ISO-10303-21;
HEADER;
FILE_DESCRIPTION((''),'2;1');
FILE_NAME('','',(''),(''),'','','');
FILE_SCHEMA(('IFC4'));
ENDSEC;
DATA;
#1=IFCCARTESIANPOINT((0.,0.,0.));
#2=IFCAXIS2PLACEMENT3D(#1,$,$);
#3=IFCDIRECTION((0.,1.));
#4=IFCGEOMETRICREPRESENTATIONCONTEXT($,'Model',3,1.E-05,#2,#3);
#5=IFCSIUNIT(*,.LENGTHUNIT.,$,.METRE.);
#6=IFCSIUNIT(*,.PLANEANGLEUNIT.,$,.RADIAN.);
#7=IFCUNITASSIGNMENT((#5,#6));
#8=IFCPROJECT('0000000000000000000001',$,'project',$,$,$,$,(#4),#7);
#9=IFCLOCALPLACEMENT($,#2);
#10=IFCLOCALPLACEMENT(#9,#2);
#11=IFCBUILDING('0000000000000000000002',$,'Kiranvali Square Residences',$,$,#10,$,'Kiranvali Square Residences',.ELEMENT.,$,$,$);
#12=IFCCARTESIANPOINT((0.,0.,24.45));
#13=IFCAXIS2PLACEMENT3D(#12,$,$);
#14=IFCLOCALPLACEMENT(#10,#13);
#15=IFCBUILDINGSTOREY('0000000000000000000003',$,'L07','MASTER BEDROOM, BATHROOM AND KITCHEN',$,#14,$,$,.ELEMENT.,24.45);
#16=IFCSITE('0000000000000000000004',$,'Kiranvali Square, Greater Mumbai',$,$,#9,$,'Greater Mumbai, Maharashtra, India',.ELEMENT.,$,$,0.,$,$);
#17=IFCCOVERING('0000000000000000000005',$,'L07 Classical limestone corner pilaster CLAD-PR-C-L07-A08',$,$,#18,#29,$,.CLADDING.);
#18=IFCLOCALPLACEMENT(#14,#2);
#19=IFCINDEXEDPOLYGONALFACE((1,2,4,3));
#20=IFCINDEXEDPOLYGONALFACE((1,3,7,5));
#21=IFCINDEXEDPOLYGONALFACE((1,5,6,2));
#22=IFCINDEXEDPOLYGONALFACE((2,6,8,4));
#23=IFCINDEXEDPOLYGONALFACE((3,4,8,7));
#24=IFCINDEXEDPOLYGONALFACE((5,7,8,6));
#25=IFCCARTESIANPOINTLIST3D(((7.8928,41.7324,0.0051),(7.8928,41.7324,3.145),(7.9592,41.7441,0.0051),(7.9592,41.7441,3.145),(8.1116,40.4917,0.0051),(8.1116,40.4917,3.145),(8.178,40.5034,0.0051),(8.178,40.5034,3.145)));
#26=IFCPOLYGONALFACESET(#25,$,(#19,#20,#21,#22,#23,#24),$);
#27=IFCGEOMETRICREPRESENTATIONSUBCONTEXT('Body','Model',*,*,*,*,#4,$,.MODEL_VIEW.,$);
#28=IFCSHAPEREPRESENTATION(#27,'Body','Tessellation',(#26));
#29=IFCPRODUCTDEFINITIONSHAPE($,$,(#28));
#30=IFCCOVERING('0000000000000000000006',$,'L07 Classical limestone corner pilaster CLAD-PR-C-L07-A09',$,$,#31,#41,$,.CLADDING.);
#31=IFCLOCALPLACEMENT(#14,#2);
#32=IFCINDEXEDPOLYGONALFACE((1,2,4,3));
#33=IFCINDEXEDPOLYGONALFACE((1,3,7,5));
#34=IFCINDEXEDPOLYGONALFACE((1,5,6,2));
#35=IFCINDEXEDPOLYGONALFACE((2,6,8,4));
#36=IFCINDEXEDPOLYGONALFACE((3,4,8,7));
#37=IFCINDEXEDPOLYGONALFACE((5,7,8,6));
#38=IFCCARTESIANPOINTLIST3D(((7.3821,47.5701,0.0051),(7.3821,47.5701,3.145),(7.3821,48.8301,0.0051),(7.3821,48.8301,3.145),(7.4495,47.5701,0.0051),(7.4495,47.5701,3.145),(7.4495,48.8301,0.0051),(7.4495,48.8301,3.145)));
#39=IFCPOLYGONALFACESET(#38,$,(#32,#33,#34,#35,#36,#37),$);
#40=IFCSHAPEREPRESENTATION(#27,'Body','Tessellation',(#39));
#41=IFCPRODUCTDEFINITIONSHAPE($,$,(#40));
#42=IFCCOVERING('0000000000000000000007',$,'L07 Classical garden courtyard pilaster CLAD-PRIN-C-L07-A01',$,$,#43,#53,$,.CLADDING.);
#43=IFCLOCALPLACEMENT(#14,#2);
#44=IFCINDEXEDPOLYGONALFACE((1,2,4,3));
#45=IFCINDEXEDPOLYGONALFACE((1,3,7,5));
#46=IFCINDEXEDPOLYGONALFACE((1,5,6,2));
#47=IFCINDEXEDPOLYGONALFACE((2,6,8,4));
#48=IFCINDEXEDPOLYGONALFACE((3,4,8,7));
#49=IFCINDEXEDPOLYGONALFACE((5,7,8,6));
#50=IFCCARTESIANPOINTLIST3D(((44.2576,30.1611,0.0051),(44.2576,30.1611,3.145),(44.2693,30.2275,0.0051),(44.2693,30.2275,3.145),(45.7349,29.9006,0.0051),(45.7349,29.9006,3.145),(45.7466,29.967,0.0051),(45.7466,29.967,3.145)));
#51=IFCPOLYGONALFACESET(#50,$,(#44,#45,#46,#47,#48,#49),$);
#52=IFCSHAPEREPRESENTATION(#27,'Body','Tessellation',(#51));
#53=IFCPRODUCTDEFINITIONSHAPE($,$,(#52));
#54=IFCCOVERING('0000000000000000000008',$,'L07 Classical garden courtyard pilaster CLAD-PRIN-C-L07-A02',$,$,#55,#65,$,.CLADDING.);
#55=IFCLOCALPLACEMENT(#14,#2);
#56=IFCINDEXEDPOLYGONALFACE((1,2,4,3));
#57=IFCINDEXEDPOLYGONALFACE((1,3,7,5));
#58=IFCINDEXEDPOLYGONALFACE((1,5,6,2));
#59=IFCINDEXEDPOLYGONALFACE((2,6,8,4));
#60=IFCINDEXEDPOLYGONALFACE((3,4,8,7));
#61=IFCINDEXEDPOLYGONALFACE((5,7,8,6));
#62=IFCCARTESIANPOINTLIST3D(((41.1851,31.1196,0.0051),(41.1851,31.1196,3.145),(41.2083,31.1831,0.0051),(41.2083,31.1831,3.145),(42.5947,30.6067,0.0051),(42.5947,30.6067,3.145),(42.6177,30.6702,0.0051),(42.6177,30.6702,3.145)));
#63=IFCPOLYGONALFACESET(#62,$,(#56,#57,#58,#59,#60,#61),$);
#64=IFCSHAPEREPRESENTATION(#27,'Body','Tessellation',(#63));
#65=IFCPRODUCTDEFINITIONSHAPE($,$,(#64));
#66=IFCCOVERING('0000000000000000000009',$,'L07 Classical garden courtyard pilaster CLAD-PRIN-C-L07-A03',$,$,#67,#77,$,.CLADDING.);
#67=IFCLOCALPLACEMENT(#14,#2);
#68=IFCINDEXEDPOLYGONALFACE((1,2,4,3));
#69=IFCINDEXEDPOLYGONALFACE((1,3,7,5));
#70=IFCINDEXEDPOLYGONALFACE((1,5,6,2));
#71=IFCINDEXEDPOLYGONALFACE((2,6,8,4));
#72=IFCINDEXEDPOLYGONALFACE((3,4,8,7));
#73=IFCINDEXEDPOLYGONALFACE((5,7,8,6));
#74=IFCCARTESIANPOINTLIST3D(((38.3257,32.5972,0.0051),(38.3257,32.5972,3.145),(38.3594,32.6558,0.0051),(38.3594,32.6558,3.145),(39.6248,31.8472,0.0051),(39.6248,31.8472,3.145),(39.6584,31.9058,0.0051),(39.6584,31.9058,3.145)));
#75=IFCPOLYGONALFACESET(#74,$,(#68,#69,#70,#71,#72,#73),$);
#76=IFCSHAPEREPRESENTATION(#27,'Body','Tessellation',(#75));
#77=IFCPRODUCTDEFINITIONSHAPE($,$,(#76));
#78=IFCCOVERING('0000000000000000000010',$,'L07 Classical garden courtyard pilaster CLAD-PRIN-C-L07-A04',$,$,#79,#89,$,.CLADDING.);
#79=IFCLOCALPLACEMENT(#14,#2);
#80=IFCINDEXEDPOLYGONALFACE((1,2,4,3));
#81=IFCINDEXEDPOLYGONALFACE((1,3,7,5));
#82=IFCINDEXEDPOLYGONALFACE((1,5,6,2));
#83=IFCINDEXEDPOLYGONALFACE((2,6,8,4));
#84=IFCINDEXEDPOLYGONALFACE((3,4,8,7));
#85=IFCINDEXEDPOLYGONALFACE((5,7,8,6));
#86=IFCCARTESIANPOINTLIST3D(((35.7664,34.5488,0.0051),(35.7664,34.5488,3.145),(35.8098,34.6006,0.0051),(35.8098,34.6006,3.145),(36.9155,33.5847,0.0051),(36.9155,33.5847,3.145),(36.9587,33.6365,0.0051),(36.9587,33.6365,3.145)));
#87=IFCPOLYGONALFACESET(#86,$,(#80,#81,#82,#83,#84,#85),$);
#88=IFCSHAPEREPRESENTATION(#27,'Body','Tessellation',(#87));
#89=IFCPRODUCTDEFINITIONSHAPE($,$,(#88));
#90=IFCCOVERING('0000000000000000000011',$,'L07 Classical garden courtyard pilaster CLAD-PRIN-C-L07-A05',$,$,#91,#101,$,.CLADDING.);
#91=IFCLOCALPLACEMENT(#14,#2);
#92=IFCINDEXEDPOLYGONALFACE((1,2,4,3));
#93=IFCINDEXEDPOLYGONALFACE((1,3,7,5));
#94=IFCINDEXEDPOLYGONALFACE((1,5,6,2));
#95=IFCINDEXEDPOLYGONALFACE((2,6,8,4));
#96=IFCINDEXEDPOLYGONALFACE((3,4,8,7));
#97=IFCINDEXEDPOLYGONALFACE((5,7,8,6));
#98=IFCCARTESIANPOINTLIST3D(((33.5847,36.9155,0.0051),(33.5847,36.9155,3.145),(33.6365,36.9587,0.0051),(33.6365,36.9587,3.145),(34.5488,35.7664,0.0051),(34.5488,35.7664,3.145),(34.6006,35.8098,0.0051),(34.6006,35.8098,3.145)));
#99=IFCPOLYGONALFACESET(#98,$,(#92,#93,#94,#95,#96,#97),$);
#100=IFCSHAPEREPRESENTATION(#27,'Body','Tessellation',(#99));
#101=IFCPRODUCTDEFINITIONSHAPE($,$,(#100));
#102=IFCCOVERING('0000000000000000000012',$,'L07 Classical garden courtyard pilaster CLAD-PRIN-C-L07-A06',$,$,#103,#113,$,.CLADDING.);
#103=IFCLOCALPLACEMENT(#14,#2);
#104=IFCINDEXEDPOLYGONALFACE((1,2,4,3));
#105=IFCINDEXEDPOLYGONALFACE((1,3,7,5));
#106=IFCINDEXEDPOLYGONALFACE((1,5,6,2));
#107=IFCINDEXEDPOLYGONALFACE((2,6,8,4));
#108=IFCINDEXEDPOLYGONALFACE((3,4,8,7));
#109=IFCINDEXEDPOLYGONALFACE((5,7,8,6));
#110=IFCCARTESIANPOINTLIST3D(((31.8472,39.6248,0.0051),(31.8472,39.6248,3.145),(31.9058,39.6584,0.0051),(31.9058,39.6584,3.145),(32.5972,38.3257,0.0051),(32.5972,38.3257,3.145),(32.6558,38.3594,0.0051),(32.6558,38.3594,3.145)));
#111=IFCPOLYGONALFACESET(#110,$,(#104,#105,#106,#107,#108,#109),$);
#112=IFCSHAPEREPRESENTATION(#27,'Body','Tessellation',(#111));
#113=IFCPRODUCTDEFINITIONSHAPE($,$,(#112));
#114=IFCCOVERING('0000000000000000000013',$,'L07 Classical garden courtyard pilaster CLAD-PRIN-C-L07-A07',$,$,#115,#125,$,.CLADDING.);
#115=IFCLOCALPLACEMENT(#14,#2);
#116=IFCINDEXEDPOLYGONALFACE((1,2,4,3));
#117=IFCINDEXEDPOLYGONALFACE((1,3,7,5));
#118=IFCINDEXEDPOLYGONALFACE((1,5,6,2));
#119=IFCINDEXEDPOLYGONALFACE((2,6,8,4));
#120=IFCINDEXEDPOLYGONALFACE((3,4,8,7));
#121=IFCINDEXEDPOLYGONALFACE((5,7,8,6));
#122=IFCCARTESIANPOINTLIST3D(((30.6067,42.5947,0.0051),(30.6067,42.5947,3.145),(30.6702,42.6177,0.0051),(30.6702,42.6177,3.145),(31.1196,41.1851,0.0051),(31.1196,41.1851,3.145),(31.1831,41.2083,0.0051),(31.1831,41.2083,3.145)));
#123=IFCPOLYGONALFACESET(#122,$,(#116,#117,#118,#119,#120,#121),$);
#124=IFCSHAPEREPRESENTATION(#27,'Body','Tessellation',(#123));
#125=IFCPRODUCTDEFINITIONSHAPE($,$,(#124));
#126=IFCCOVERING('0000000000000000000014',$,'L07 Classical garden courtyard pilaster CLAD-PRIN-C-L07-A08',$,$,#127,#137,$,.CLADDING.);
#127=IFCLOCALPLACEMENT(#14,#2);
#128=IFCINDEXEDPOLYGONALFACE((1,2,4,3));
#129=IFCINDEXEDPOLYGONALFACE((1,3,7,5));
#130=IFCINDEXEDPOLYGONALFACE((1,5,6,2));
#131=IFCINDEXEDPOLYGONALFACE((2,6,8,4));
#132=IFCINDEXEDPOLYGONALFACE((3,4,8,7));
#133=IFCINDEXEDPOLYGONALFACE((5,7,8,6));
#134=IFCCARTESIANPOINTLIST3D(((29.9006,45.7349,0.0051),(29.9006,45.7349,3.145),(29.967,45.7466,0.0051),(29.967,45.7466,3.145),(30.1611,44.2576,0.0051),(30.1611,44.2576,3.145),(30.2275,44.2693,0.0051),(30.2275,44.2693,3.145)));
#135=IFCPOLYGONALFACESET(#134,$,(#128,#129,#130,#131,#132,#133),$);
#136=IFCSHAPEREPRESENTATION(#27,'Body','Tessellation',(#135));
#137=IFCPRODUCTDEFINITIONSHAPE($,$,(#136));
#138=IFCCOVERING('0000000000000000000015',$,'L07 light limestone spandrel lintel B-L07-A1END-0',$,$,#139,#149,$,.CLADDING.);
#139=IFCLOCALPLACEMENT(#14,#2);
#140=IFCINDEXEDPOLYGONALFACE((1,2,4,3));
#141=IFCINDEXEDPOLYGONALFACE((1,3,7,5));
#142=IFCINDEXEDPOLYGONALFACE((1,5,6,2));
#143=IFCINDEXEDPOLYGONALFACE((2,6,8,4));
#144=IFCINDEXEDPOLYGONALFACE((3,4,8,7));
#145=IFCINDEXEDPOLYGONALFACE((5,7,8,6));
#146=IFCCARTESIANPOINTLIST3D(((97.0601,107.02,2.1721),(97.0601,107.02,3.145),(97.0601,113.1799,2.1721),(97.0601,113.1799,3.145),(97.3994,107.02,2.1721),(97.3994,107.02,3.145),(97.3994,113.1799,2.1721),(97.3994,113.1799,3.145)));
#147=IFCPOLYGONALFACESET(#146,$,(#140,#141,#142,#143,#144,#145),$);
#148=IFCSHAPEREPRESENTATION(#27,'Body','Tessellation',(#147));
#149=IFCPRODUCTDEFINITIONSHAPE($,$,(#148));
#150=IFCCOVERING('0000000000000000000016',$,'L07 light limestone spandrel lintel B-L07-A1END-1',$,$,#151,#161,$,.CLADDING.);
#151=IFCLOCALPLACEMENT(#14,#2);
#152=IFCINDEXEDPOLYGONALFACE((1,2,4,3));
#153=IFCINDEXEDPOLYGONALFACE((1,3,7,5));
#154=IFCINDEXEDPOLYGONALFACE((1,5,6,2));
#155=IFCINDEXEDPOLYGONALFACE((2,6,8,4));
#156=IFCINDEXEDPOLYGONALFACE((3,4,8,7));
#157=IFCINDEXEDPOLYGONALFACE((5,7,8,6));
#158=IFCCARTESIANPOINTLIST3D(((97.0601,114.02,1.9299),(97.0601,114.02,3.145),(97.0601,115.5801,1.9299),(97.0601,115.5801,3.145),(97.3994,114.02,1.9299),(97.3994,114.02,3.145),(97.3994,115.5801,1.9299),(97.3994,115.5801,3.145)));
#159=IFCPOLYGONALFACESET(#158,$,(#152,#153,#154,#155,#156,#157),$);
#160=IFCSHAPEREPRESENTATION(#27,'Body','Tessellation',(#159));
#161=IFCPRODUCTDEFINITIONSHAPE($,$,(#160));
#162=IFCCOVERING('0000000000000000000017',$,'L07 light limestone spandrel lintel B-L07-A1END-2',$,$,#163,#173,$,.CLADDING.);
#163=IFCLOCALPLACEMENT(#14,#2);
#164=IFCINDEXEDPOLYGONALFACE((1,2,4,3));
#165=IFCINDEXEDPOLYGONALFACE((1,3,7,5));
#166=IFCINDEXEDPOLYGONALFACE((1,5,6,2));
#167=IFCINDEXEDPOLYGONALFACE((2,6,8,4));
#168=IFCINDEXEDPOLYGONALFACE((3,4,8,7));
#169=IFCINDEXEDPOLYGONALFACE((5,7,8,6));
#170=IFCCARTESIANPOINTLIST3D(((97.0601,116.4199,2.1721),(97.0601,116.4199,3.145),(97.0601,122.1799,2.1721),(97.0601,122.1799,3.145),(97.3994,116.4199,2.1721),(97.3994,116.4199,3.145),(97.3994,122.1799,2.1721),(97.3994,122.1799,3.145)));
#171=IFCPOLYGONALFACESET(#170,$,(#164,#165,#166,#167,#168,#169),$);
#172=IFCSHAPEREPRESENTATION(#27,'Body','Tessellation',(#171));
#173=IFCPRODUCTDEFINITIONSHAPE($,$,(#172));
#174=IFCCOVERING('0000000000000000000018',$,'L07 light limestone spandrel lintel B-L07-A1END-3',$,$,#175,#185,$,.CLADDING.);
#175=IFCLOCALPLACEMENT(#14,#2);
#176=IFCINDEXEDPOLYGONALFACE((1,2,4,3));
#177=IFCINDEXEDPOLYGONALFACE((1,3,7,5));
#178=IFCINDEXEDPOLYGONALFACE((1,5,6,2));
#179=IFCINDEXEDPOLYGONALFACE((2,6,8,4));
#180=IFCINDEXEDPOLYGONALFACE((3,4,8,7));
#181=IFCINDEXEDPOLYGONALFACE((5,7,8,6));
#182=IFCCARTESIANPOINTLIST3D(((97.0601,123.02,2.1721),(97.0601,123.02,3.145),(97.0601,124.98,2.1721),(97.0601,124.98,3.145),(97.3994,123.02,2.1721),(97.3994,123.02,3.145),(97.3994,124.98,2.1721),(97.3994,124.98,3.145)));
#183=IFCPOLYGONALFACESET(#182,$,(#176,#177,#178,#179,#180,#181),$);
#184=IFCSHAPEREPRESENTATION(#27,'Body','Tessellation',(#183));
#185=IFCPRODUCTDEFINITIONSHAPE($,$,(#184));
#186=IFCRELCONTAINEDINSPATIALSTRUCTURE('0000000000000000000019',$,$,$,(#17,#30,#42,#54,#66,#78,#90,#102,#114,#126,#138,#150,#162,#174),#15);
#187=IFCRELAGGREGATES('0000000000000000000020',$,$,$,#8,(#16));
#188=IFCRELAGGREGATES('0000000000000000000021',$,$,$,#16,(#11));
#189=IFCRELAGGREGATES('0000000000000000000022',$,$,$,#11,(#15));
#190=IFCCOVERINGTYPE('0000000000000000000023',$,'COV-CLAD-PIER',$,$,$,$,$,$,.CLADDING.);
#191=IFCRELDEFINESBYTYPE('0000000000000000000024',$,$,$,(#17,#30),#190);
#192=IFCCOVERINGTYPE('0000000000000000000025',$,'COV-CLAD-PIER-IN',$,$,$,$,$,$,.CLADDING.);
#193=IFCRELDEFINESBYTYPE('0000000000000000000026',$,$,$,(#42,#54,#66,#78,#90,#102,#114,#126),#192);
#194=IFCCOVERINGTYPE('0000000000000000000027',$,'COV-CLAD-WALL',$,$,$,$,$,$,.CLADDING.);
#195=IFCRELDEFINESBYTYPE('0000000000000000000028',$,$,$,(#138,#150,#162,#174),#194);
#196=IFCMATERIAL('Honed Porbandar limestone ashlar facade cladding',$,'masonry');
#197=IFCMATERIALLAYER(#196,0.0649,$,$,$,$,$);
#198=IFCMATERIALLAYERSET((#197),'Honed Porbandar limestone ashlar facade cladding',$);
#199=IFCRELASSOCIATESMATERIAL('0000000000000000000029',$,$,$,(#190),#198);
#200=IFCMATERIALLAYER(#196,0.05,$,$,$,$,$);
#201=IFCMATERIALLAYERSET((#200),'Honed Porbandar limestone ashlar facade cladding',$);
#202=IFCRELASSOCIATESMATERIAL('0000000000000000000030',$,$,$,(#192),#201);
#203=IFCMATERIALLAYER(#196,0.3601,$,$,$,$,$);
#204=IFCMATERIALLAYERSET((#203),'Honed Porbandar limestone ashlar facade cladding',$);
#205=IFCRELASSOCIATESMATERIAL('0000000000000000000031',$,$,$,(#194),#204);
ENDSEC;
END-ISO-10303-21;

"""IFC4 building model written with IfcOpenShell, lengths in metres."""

from ifc_helpers import new_model, si_unit, direction, frame, origin, place, context, subcontext, project, spatial, polyline, outline, extrude, material, layer, layer_set, type_object, element, save


model = new_model("IFC4")

# Units and contexts
model_context = context("Model", 3, precision=1e-05, world=origin(), true_north=direction((0.0, 1.0)))
body_context = subcontext(model_context, "Body", "Model", "MODEL_VIEW")
ifc_project = project(units=[si_unit("LENGTHUNIT", "METRE"), si_unit("PLANEANGLEUNIT", "RADIAN")], contexts=[model_context])

# Site, building, storey
site_placement = place(None, origin())
site = spatial("IfcSite", under=ifc_project, at=site_placement, Name="Kiranvali Square, Greater Mumbai", LongName="Greater Mumbai, Maharashtra, India", CompositionType="ELEMENT", RefElevation=0.0)
building_placement = place(site_placement, origin())
building = spatial("IfcBuilding", under=site, at=building_placement, Name="Kiranvali Square Residences", LongName="Kiranvali Square Residences", CompositionType="ELEMENT")
storey_placement = place(building_placement, frame((0.0, 0.0, 24.45)))
storey = spatial("IfcBuildingStorey", under=building, at=storey_placement, Name="L07", Description="MASTER BEDROOM, BATHROOM AND KITCHEN", CompositionType="ELEMENT", Elevation=24.45)

# Coverings
ifc_material = material(Name="Honed Porbandar limestone ashlar facade cladding", Category="masonry")
ifc_layer_1 = layer(ifc_material, 0.0649)
ifc_layer_set_1 = layer_set([ifc_layer_1], Name="Honed Porbandar limestone ashlar facade cladding")
covering_type_1 = type_object("IfcCoveringType", Name="COV-CLAD-PIER", PredefinedType="CLADDING", material=ifc_layer_set_1)
covering_1_placement = place(storey_placement, frame((0.0, 0.0, 0.0051)))
element("IfcCovering", 1, at=covering_1_placement, inside=storey, type_object=covering_type_1, Name="L07 Classical limestone corner pilaster CLAD-PR-C-L07-A08", PredefinedType="CLADDING", context=body_context, shape_type="SweptSolid", body=[
    extrude(outline(polyline([(7.8928, 41.7324), (8.1116, 40.4917), (8.178, 40.5034), (7.9592, 41.7441), (7.8928, 41.7324)])), origin(), (0.0, 0.0, 1.0), 3.1399),
])
covering_2_placement = place(storey_placement, frame((0.0, 0.0, 0.0051)))
element("IfcCovering", 2, at=covering_2_placement, inside=storey, type_object=covering_type_1, Name="L07 Classical limestone corner pilaster CLAD-PR-C-L07-A09", PredefinedType="CLADDING", context=body_context, shape_type="SweptSolid", body=[
    extrude(outline(polyline([(7.3821, 48.8301), (7.3821, 47.5701), (7.4495, 47.5701), (7.4495, 48.8301), (7.3821, 48.8301)])), origin(), (0.0, 0.0, 1.0), 3.1399),
])
ifc_layer_2 = layer(ifc_material, 0.05)
ifc_layer_set_2 = layer_set([ifc_layer_2], Name="Honed Porbandar limestone ashlar facade cladding")
covering_type_2 = type_object("IfcCoveringType", Name="COV-CLAD-PIER-IN", PredefinedType="CLADDING", material=ifc_layer_set_2)
covering_3_placement = place(storey_placement, frame((0.0, 0.0, 0.0051)))
element("IfcCovering", 3, at=covering_3_placement, inside=storey, type_object=covering_type_2, Name="L07 Classical garden courtyard pilaster CLAD-PRIN-C-L07-A01", PredefinedType="CLADDING", context=body_context, shape_type="SweptSolid", body=[
    extrude(outline(polyline([(45.7466, 29.967), (44.2693, 30.2275), (44.2576, 30.1611), (45.7349, 29.9006), (45.7466, 29.967)])), origin(), (0.0, 0.0, 1.0), 3.1399),
])
covering_4_placement = place(storey_placement, frame((0.0, 0.0, 0.0051)))
element("IfcCovering", 4, at=covering_4_placement, inside=storey, type_object=covering_type_2, Name="L07 Classical garden courtyard pilaster CLAD-PRIN-C-L07-A02", PredefinedType="CLADDING", context=body_context, shape_type="SweptSolid", body=[
    extrude(outline(polyline([(42.6177, 30.6702), (41.2083, 31.1831), (41.1851, 31.1196), (42.5947, 30.6067), (42.6177, 30.6702)])), origin(), (0.0, 0.0, 1.0), 3.1399),
])
covering_5_placement = place(storey_placement, frame((0.0, 0.0, 0.0051)))
element("IfcCovering", 5, at=covering_5_placement, inside=storey, type_object=covering_type_2, Name="L07 Classical garden courtyard pilaster CLAD-PRIN-C-L07-A03", PredefinedType="CLADDING", context=body_context, shape_type="SweptSolid", body=[
    extrude(outline(polyline([(39.6584, 31.9058), (38.3594, 32.6558), (38.3257, 32.5972), (39.6248, 31.8472), (39.6584, 31.9058)])), origin(), (0.0, 0.0, 1.0), 3.1399),
])
covering_6_placement = place(storey_placement, frame((0.0, 0.0, 0.0051)))
element("IfcCovering", 6, at=covering_6_placement, inside=storey, type_object=covering_type_2, Name="L07 Classical garden courtyard pilaster CLAD-PRIN-C-L07-A04", PredefinedType="CLADDING", context=body_context, shape_type="SweptSolid", body=[
    extrude(outline(polyline([(36.9587, 33.6365), (35.8098, 34.6006), (35.7664, 34.5488), (36.9155, 33.5847), (36.9587, 33.6365)])), origin(), (0.0, 0.0, 1.0), 3.1399),
])
covering_7_placement = place(storey_placement, frame((0.0, 0.0, 0.0051)))
element("IfcCovering", 7, at=covering_7_placement, inside=storey, type_object=covering_type_2, Name="L07 Classical garden courtyard pilaster CLAD-PRIN-C-L07-A05", PredefinedType="CLADDING", context=body_context, shape_type="SweptSolid", body=[
    extrude(outline(polyline([(34.6006, 35.8098), (33.6365, 36.9587), (33.5847, 36.9155), (34.5488, 35.7664), (34.6006, 35.8098)])), origin(), (0.0, 0.0, 1.0), 3.1399),
])
covering_8_placement = place(storey_placement, frame((0.0, 0.0, 0.0051)))
element("IfcCovering", 8, at=covering_8_placement, inside=storey, type_object=covering_type_2, Name="L07 Classical garden courtyard pilaster CLAD-PRIN-C-L07-A06", PredefinedType="CLADDING", context=body_context, shape_type="SweptSolid", body=[
    extrude(outline(polyline([(32.6558, 38.3594), (31.9058, 39.6584), (31.8472, 39.6248), (32.5972, 38.3257), (32.6558, 38.3594)])), origin(), (0.0, 0.0, 1.0), 3.1399),
])
covering_9_placement = place(storey_placement, frame((0.0, 0.0, 0.0051)))
element("IfcCovering", 9, at=covering_9_placement, inside=storey, type_object=covering_type_2, Name="L07 Classical garden courtyard pilaster CLAD-PRIN-C-L07-A07", PredefinedType="CLADDING", context=body_context, shape_type="SweptSolid", body=[
    extrude(outline(polyline([(31.1831, 41.2083), (30.6702, 42.6177), (30.6067, 42.5947), (31.1196, 41.1851), (31.1831, 41.2083)])), origin(), (0.0, 0.0, 1.0), 3.1399),
])
covering_10_placement = place(storey_placement, frame((0.0, 0.0, 0.0051)))
element("IfcCovering", 10, at=covering_10_placement, inside=storey, type_object=covering_type_2, Name="L07 Classical garden courtyard pilaster CLAD-PRIN-C-L07-A08", PredefinedType="CLADDING", context=body_context, shape_type="SweptSolid", body=[
    extrude(outline(polyline([(30.2275, 44.2693), (29.967, 45.7466), (29.9006, 45.7349), (30.1611, 44.2576), (30.2275, 44.2693)])), origin(), (0.0, 0.0, 1.0), 3.1399),
])
ifc_layer_3 = layer(ifc_material, 0.3601)
ifc_layer_set_3 = layer_set([ifc_layer_3], Name="Honed Porbandar limestone ashlar facade cladding")
covering_type_3 = type_object("IfcCoveringType", Name="COV-CLAD-WALL", PredefinedType="CLADDING", material=ifc_layer_set_3)
covering_11_placement = place(storey_placement, frame((0.0, 0.0, 2.1721)))
element("IfcCovering", 11, at=covering_11_placement, inside=storey, type_object=covering_type_3, Name="L07 light limestone spandrel lintel B-L07-A1END-0", PredefinedType="CLADDING", context=body_context, shape_type="SweptSolid", body=[
    extrude(outline(polyline([(97.3994, 107.02), (97.3994, 113.1799), (97.0601, 113.1799), (97.0601, 107.02), (97.3994, 107.02)])), origin(), (0.0, 0.0, 1.0), 0.9729),
])
covering_12_placement = place(storey_placement, frame((0.0, 0.0, 1.9299)))
element("IfcCovering", 12, at=covering_12_placement, inside=storey, type_object=covering_type_3, Name="L07 light limestone spandrel lintel B-L07-A1END-1", PredefinedType="CLADDING", context=body_context, shape_type="SweptSolid", body=[
    extrude(outline(polyline([(97.3994, 114.02), (97.3994, 115.5801), (97.0601, 115.5801), (97.0601, 114.02), (97.3994, 114.02)])), origin(), (0.0, 0.0, 1.0), 1.2151),
])
covering_13_placement = place(storey_placement, frame((0.0, 0.0, 2.1721)))
element("IfcCovering", 13, at=covering_13_placement, inside=storey, type_object=covering_type_3, Name="L07 light limestone spandrel lintel B-L07-A1END-2", PredefinedType="CLADDING", context=body_context, shape_type="SweptSolid", body=[
    extrude(outline(polyline([(97.3994, 116.4199), (97.3994, 122.1799), (97.0601, 122.1799), (97.0601, 116.4199), (97.3994, 116.4199)])), origin(), (0.0, 0.0, 1.0), 0.9729),
])
covering_14_placement = place(storey_placement, frame((0.0, 0.0, 2.1721)))
element("IfcCovering", 14, at=covering_14_placement, inside=storey, type_object=covering_type_3, Name="L07 light limestone spandrel lintel B-L07-A1END-3", PredefinedType="CLADDING", context=body_context, shape_type="SweptSolid", body=[
    extrude(outline(polyline([(97.3994, 123.02), (97.3994, 124.98), (97.0601, 124.98), (97.0601, 123.02), (97.3994, 123.02)])), origin(), (0.0, 0.0, 1.0), 0.9729),
])

save(model, "model.ifc")
